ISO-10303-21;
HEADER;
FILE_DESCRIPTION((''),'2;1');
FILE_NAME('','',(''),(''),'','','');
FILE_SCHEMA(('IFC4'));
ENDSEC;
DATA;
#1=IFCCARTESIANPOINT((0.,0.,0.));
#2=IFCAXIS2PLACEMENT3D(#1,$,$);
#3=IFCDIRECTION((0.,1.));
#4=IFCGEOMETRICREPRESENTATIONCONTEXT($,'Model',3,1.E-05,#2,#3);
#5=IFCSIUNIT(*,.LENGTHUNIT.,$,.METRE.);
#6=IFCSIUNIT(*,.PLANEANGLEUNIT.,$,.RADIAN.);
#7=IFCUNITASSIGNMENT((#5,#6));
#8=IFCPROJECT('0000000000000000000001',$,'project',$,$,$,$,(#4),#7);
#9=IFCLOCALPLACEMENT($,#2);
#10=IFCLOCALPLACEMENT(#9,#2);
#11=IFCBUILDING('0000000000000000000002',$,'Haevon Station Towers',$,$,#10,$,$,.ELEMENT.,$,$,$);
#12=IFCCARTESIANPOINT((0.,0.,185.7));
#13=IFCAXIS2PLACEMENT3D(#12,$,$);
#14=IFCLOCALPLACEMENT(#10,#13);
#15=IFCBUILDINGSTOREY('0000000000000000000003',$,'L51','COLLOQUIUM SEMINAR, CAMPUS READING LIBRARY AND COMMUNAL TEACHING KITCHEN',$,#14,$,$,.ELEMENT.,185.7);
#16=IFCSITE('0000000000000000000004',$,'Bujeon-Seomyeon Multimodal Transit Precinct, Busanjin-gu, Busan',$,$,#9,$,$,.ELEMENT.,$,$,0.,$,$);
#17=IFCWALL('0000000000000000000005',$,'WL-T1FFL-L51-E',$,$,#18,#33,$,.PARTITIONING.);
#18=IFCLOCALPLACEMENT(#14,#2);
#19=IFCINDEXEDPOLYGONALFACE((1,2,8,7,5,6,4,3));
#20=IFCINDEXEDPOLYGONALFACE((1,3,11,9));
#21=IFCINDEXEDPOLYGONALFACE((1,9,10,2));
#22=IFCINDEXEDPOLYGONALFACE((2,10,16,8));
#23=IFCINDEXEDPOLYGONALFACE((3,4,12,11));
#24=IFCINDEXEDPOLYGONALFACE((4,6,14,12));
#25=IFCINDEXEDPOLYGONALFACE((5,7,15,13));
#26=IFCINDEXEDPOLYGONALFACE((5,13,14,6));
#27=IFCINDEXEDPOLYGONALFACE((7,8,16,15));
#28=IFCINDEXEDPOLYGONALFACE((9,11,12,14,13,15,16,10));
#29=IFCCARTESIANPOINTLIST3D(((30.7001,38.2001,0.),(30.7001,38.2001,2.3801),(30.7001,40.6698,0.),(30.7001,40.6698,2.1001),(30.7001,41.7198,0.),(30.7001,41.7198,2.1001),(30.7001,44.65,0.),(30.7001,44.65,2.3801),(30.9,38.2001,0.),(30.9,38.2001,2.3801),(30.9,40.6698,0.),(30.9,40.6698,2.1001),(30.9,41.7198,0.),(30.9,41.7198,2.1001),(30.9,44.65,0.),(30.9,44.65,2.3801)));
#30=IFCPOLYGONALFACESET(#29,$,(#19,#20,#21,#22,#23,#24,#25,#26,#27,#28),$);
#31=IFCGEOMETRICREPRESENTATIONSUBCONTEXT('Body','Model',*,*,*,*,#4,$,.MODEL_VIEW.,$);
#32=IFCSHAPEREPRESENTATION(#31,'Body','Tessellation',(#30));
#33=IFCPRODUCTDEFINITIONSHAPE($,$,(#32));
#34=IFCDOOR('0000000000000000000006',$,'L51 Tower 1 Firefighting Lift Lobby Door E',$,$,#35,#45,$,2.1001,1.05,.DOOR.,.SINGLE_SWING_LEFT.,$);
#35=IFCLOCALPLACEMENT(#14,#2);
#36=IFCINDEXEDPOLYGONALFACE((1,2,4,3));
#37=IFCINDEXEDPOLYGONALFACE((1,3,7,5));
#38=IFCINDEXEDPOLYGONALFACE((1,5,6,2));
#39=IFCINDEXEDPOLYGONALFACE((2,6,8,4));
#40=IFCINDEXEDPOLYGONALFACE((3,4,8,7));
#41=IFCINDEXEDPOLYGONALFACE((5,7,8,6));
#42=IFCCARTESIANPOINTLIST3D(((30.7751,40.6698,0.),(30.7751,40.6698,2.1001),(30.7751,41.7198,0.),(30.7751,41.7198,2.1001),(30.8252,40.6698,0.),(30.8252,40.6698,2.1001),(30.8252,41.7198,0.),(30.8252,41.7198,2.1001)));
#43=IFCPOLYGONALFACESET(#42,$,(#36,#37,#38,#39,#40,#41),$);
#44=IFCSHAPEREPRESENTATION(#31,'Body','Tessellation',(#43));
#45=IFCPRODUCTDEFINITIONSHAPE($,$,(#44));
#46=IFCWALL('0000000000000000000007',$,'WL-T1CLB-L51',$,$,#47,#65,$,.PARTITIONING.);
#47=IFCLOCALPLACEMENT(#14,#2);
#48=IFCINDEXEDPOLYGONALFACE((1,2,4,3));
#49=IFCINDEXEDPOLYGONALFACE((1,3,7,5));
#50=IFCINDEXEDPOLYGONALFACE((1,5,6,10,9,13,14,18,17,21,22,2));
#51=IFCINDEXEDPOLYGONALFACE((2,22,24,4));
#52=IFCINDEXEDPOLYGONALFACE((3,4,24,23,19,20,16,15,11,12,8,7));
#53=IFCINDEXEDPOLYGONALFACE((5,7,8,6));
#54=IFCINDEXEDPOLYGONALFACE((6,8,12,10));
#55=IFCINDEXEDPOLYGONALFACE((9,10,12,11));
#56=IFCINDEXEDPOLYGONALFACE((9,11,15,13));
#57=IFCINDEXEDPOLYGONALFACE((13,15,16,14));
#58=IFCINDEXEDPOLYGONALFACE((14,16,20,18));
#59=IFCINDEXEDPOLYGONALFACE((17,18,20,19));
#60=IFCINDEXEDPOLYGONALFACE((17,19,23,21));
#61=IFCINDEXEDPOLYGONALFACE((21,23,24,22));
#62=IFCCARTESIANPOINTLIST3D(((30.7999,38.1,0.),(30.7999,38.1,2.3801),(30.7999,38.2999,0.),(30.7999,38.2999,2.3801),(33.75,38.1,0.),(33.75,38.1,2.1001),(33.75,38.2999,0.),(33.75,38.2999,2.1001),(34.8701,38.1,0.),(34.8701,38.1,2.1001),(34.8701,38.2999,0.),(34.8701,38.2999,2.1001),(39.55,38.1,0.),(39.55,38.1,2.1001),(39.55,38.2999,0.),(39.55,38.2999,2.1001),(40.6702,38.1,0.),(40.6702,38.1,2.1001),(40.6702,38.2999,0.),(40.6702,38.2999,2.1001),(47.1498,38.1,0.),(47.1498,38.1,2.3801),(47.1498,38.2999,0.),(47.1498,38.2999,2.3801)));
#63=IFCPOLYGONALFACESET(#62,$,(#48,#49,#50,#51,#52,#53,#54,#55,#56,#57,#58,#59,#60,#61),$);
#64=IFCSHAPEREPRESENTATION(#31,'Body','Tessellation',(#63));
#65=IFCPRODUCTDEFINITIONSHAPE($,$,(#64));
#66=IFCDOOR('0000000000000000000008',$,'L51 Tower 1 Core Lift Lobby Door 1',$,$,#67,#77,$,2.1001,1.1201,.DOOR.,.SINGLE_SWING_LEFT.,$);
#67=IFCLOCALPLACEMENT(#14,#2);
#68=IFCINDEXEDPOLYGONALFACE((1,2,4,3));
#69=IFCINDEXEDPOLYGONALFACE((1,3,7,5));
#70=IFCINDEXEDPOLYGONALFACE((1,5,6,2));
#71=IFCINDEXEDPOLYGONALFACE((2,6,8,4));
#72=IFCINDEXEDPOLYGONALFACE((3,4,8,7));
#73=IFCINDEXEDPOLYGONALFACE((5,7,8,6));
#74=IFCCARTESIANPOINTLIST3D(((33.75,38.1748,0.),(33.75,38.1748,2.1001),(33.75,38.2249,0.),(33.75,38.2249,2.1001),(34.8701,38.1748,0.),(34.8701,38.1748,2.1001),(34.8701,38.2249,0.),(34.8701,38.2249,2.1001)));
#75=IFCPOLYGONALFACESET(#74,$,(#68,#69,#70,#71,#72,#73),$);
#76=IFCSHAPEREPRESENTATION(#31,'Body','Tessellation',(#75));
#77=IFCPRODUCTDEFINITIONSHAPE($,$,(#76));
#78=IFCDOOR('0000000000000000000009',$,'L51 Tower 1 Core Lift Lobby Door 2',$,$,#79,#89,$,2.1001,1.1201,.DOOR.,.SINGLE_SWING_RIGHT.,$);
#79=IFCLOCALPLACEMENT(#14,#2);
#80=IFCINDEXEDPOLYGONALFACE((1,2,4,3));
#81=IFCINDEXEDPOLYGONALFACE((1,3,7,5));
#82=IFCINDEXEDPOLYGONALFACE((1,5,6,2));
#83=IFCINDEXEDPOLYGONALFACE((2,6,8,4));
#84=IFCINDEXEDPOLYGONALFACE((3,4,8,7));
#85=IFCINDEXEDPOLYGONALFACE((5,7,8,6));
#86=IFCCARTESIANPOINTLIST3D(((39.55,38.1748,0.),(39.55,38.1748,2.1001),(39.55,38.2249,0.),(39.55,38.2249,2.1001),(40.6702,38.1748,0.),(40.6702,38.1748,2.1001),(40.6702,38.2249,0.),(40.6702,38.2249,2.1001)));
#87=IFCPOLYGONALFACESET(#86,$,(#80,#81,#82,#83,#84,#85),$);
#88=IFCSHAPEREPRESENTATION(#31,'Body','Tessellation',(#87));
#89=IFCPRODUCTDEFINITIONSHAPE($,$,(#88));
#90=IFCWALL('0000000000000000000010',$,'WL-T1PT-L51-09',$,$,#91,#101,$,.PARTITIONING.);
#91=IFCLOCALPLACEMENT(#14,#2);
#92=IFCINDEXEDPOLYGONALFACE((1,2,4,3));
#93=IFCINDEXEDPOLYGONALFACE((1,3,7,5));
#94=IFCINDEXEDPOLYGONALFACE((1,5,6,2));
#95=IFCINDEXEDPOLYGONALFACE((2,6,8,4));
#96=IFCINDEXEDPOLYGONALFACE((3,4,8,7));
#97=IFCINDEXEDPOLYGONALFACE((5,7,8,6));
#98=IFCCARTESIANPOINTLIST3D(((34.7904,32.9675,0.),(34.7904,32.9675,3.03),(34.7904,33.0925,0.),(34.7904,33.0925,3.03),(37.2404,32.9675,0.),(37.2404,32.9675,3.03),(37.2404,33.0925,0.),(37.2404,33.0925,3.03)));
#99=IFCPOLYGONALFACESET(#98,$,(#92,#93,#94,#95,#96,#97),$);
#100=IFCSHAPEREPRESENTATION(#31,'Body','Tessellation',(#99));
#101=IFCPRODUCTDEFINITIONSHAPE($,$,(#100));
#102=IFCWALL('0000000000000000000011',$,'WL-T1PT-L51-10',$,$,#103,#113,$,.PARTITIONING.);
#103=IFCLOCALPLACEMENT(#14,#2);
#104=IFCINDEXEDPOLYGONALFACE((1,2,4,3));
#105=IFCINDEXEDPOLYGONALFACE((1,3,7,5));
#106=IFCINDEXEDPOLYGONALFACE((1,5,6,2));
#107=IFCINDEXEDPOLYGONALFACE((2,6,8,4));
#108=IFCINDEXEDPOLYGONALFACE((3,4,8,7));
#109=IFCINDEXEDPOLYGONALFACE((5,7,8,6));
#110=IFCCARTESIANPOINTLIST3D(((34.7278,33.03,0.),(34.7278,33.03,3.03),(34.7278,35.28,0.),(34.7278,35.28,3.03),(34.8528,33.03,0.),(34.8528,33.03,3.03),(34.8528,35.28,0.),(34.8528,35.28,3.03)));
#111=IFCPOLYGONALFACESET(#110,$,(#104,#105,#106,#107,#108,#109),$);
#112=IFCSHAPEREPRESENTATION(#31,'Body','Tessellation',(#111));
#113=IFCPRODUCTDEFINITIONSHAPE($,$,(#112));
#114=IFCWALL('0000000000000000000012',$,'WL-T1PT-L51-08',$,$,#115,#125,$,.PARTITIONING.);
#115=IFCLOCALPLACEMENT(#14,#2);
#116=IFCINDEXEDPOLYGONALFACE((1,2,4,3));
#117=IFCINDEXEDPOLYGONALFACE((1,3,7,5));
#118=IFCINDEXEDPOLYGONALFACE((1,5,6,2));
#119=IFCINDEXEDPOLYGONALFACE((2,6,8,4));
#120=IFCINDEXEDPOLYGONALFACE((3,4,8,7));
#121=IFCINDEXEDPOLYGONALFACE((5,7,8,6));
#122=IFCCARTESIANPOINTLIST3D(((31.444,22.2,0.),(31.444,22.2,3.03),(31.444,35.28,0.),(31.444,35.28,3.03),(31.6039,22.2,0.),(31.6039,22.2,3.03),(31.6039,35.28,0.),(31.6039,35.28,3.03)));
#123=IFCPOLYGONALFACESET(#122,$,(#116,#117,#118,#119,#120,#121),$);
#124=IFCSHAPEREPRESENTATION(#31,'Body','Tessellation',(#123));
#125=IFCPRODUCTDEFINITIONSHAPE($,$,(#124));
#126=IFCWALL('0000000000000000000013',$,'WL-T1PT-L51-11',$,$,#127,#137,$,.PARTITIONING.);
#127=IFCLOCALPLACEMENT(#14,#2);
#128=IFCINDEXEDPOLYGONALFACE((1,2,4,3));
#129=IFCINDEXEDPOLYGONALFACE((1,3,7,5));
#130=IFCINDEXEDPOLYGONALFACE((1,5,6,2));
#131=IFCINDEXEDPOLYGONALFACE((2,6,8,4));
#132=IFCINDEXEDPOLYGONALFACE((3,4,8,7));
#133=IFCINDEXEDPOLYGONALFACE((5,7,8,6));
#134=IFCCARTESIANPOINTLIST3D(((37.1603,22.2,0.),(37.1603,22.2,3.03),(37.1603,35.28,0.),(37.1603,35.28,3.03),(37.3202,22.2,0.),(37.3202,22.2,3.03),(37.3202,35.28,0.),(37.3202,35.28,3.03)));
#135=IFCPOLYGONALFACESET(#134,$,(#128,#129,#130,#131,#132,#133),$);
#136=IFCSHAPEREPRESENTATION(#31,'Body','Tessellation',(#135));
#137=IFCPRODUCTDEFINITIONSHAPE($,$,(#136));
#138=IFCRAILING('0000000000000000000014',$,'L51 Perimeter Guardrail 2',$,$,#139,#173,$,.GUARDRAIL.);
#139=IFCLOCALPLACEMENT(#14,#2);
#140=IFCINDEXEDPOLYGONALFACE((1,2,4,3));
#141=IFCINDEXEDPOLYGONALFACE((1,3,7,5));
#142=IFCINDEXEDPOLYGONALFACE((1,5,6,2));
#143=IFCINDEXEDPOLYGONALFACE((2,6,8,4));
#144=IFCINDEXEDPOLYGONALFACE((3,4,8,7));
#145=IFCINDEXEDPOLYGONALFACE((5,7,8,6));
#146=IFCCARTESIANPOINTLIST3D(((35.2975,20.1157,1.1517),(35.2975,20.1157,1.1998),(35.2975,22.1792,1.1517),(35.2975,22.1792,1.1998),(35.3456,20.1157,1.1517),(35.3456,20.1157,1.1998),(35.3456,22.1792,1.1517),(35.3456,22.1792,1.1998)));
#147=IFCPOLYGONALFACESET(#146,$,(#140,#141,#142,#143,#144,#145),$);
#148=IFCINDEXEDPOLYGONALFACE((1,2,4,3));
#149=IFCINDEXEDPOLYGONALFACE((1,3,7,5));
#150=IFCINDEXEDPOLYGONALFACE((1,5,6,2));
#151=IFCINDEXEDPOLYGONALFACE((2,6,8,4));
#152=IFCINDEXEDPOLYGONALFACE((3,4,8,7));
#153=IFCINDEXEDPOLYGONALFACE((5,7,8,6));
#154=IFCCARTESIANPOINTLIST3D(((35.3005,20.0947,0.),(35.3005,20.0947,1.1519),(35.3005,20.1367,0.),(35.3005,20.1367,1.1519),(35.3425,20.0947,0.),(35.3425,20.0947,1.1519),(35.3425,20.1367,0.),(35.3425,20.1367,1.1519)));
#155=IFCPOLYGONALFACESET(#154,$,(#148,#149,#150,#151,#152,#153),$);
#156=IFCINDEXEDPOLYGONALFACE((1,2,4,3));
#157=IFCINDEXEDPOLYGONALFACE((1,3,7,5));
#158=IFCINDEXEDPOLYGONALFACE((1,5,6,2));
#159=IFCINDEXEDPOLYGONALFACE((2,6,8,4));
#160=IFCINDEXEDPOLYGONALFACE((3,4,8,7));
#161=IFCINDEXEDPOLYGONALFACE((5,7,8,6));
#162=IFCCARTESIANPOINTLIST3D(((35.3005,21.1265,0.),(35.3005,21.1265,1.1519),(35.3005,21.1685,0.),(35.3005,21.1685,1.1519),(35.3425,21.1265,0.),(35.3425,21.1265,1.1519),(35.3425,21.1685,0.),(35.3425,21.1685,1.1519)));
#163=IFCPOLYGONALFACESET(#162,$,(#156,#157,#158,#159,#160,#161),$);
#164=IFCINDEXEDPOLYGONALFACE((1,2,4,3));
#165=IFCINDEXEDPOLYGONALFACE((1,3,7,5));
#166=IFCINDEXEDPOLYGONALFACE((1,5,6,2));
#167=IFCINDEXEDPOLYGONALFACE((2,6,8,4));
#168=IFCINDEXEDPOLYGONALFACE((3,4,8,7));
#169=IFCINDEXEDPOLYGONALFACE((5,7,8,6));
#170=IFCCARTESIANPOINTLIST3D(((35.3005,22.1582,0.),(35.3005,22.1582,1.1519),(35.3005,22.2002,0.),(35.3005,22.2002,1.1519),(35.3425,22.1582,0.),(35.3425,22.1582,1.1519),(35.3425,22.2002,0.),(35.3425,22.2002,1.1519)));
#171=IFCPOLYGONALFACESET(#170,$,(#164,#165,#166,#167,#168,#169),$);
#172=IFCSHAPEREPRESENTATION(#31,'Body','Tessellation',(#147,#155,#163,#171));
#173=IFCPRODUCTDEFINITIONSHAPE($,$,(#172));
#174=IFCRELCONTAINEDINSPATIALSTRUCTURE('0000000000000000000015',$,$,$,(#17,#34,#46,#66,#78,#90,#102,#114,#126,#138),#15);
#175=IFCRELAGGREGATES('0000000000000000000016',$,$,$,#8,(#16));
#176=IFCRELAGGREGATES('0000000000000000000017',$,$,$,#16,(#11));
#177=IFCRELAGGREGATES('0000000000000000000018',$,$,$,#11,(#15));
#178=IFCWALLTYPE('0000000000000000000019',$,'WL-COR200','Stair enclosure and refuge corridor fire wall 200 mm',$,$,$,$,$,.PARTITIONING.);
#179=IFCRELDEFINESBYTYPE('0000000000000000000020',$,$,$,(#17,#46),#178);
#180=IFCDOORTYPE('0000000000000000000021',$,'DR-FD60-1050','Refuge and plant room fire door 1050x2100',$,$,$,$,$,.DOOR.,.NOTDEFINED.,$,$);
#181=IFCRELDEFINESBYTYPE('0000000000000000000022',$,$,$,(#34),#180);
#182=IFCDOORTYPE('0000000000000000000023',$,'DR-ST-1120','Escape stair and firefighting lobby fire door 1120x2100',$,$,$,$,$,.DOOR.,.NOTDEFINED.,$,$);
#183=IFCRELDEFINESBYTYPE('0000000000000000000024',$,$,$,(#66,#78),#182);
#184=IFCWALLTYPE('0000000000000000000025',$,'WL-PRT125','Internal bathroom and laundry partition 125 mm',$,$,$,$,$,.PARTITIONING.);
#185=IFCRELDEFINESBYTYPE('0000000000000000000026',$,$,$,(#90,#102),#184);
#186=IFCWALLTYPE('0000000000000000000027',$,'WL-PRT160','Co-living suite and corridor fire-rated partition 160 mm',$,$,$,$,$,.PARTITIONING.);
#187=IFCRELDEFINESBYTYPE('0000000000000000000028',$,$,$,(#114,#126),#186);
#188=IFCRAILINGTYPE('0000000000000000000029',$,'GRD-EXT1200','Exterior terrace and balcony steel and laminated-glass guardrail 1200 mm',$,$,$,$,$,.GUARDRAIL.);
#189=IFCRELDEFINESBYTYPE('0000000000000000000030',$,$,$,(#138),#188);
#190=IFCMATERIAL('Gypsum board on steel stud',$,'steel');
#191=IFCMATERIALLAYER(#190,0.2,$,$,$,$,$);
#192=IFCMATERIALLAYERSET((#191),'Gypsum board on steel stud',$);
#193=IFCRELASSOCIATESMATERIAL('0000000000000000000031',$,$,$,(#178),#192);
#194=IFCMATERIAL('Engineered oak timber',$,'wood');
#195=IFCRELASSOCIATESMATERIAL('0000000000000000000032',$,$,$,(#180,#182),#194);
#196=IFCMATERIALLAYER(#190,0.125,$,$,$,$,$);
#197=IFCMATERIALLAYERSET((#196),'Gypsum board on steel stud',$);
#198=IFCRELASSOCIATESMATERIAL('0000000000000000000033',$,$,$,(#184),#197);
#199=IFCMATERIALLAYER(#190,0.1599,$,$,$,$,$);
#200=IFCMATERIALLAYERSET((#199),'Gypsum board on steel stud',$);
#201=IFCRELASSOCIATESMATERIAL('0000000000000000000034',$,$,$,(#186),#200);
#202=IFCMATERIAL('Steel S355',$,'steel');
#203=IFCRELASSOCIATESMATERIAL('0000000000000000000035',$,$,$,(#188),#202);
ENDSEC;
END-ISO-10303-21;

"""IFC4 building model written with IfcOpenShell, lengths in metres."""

from ifc_helpers import new_model, si_unit, direction, frame, frame_2d, origin, origin_2d, place, context, subcontext, project, spatial, rectangle, extrude, material, layer, layer_set, type_object, element, fill, save


model = new_model("IFC4")

# Units and contexts
model_context = context("Model", 3, precision=1e-05, world=origin(), true_north=direction((0.0, 1.0)))
body_context = subcontext(model_context, "Body", "Model", "MODEL_VIEW")
ifc_project = project(units=[si_unit("LENGTHUNIT", "METRE"), si_unit("PLANEANGLEUNIT", "RADIAN")], contexts=[model_context])

# Site, building, storey
site_placement = place(None, origin())
site = spatial("IfcSite", under=ifc_project, at=site_placement, Name="Bujeon-Seomyeon Multimodal Transit Precinct, Busanjin-gu, Busan", CompositionType="ELEMENT", RefElevation=0.0)
building_placement = place(site_placement, origin())
building = spatial("IfcBuilding", under=site, at=building_placement, Name="Haevon Station Towers", CompositionType="ELEMENT")
storey_placement = place(building_placement, frame((0.0, 0.0, 185.7)))
storey = spatial("IfcBuildingStorey", under=building, at=storey_placement, Name="L51", Description="COLLOQUIUM SEMINAR, CAMPUS READING LIBRARY AND COMMUNAL TEACHING KITCHEN", CompositionType="ELEMENT", Elevation=185.7)

# Shared definitions
ifc_material_1 = material(Name="Steel S355", Category="steel")

# Wall, opening, door
ifc_material_2 = material(Name="Gypsum board on steel stud", Category="steel")
ifc_layer_1 = layer(ifc_material_2, 0.2)
ifc_layer_set_1 = layer_set([ifc_layer_1], Name="Gypsum board on steel stud")
wall_type_1 = type_object("IfcWallType", Name="WL-COR200", Description="Stair enclosure and refuge corridor fire wall 200 mm", PredefinedType="PARTITIONING", material=ifc_layer_set_1)
wall_1_placement = place(storey_placement, frame((30.8, 38.2, 0.0), z_axis=(0.0, 0.0, 1.0), x_axis=(0.0, 1.0, 0.0)))
wall_1 = element("IfcWall", 1, at=wall_1_placement, inside=storey, type_object=wall_type_1, Name="WL-T1FFL-L51-E", PredefinedType="PARTITIONING", context=body_context, shape_type="SweptSolid", body=[
    extrude(rectangle(XDim=6.45, YDim=0.2, at=frame_2d((3.2251, 0.0))), origin(), (0.0, 0.0, 1.0), 2.3801),
])
opening_1_placement = place(wall_1_placement, frame((2.47, 0.0, 0.0)))
opening_1 = element("IfcOpeningElement", 2, at=opening_1_placement, cuts=wall_1, PredefinedType="OPENING", context=body_context, shape_type="SweptSolid", body=[
    extrude(rectangle(XDim=1.05, YDim=2.1001, at=frame_2d((0.5249, 1.05))), frame((0.0, 0.1099, 0.0), z_axis=(0.0, -1.0, 0.0), x_axis=(1.0, 0.0, 0.0)), (0.0, 0.0, 1.0), 0.22),
])
ifc_material_3 = material(Name="Engineered oak timber", Category="wood")
door_type_1 = type_object("IfcDoorType", Name="DR-FD60-1050", Description="Refuge and plant room fire door 1050x2100", OperationType="NOTDEFINED", PredefinedType="DOOR", material=ifc_material_3)
door_1_placement = place(opening_1_placement, origin())
door_1 = element("IfcDoor", 3, at=door_1_placement, inside=storey, type_object=door_type_1, Name="L51 Tower 1 Firefighting Lift Lobby Door E", OperationType="SINGLE_SWING_LEFT", OverallHeight=2.1001, OverallWidth=1.05, PredefinedType="DOOR", context=body_context, shape_type="SweptSolid", body=[
    extrude(rectangle(XDim=1.05, YDim=2.1001, at=frame_2d((0.5249, 1.05))), frame((0.0, 0.0249, 0.0), z_axis=(0.0, -1.0, 0.0), x_axis=(1.0, 0.0, 0.0)), (0.0, 0.0, 1.0), 0.05),
])
fill(opening_1, door_1)

# Wall, openings, doors
wall_2_placement = place(storey_placement, frame((30.8, 38.2, 0.0), z_axis=(0.0, 0.0, 1.0), x_axis=(1.0, 0.0, 0.0)))
wall_2 = element("IfcWall", 4, at=wall_2_placement, inside=storey, type_object=wall_type_1, Name="WL-T1CLB-L51", PredefinedType="PARTITIONING", context=body_context, shape_type="SweptSolid", body=[
    extrude(rectangle(XDim=16.3499, YDim=0.2, at=frame_2d((8.1748, 0.0))), origin(), (0.0, 0.0, 1.0), 2.3801),
])
opening_2_placement = place(wall_2_placement, frame((2.95, 0.0, 0.0)))
opening_2 = element("IfcOpeningElement", 5, at=opening_2_placement, cuts=wall_2, PredefinedType="OPENING", context=body_context, shape_type="SweptSolid", body=[
    extrude(rectangle(XDim=1.1201, YDim=2.1001, at=frame_2d((0.5601, 1.05))), frame((0.0, 0.1099, 0.0), z_axis=(0.0, -1.0, 0.0), x_axis=(1.0, 0.0, 0.0)), (0.0, 0.0, 1.0), 0.22),
])
opening_3_placement = place(wall_2_placement, frame((8.75, 0.0, 0.0)))
opening_3 = element("IfcOpeningElement", 6, at=opening_3_placement, cuts=wall_2, PredefinedType="OPENING", context=body_context, shape_type="SweptSolid", body=[
    extrude(rectangle(XDim=1.1201, YDim=2.1001, at=frame_2d((0.5601, 1.05))), frame((0.0, 0.1099, 0.0), z_axis=(0.0, -1.0, 0.0), x_axis=(1.0, 0.0, 0.0)), (0.0, 0.0, 1.0), 0.22),
])
door_type_2 = type_object("IfcDoorType", Name="DR-ST-1120", Description="Escape stair and firefighting lobby fire door 1120x2100", OperationType="NOTDEFINED", PredefinedType="DOOR", material=ifc_material_3)
door_2_placement = place(opening_2_placement, origin())
door_2 = element("IfcDoor", 7, at=door_2_placement, inside=storey, type_object=door_type_2, Name="L51 Tower 1 Core Lift Lobby Door 1", OperationType="SINGLE_SWING_LEFT", OverallHeight=2.1001, OverallWidth=1.1201, PredefinedType="DOOR", context=body_context, shape_type="SweptSolid", body=[
    extrude(rectangle(XDim=1.1201, YDim=2.1001, at=frame_2d((0.5601, 1.05))), frame((0.0, 0.0249, 0.0), z_axis=(0.0, -1.0, 0.0), x_axis=(1.0, 0.0, 0.0)), (0.0, 0.0, 1.0), 0.05),
])
fill(opening_2, door_2)
door_3_placement = place(opening_3_placement, origin())
door_3 = element("IfcDoor", 8, at=door_3_placement, inside=storey, type_object=door_type_2, Name="L51 Tower 1 Core Lift Lobby Door 2", OperationType="SINGLE_SWING_RIGHT", OverallHeight=2.1001, OverallWidth=1.1201, PredefinedType="DOOR", context=body_context, shape_type="SweptSolid", body=[
    extrude(rectangle(XDim=1.1201, YDim=2.1001, at=frame_2d((0.5601, 1.05))), frame((0.0, 0.0249, 0.0), z_axis=(0.0, -1.0, 0.0), x_axis=(1.0, 0.0, 0.0)), (0.0, 0.0, 1.0), 0.05),
])
fill(opening_3, door_3)

# Walls
ifc_layer_2 = layer(ifc_material_2, 0.125)
ifc_layer_set_2 = layer_set([ifc_layer_2], Name="Gypsum board on steel stud")
wall_type_2 = type_object("IfcWallType", Name="WL-PRT125", Description="Internal bathroom and laundry partition 125 mm", PredefinedType="PARTITIONING", material=ifc_layer_set_2)
wall_3_placement = place(storey_placement, frame((34.7903, 33.03, 0.0), z_axis=(0.0, 0.0, 1.0), x_axis=(1.0, 0.0, 0.0)))
element("IfcWall", 9, at=wall_3_placement, inside=storey, type_object=wall_type_2, Name="WL-T1PT-L51-09", PredefinedType="PARTITIONING", context=body_context, shape_type="SweptSolid", body=[
    extrude(rectangle(XDim=2.45, YDim=0.125, at=frame_2d((1.2251, 0.0))), origin(), (0.0, 0.0, 1.0), 3.03),
])
wall_4_placement = place(storey_placement, frame((34.7903, 33.03, 0.0), z_axis=(0.0, 0.0, 1.0), x_axis=(0.0, 1.0, 0.0)))
element("IfcWall", 10, at=wall_4_placement, inside=storey, type_object=wall_type_2, Name="WL-T1PT-L51-10", PredefinedType="PARTITIONING", context=body_context, shape_type="SweptSolid", body=[
    extrude(rectangle(XDim=2.25, YDim=0.125, at=frame_2d((1.125, 0.0))), origin(), (0.0, 0.0, 1.0), 3.03),
])
ifc_layer_3 = layer(ifc_material_2, 0.1599)
ifc_layer_set_3 = layer_set([ifc_layer_3], Name="Gypsum board on steel stud")
wall_type_3 = type_object("IfcWallType", Name="WL-PRT160", Description="Co-living suite and corridor fire-rated partition 160 mm", PredefinedType="PARTITIONING", material=ifc_layer_set_3)
for number, where, z_axis, x_axis, name in (
    (11, (31.5239, 22.2, 0.0), (0.0, 0.0, 1.0), (0.0, 1.0, 0.0), "WL-T1PT-L51-08"),
    (12, (37.2402, 22.2, 0.0), (0.0, 0.0, 1.0), (0.0, 1.0, 0.0), "WL-T1PT-L51-11"),
):
    element("IfcWall", number, at=place(storey_placement, frame(where, z_axis=z_axis, x_axis=x_axis)), inside=storey, type_object=wall_type_3, Name=name, PredefinedType="PARTITIONING", context=body_context, shape_type="SweptSolid", body=[
        extrude(rectangle(XDim=13.0801, YDim=0.1599, at=frame_2d((6.54, 0.0))), origin(), (0.0, 0.0, 1.0), 3.03),
    ])

# Railing
railing_type = type_object("IfcRailingType", Name="GRD-EXT1200", Description="Exterior terrace and balcony steel and laminated-glass guardrail 1200 mm", PredefinedType="GUARDRAIL", material=ifc_material_1)
railing_placement = place(storey_placement, frame((35.3215, 20.1157, 0.0)))
element("IfcRailing", 13, at=railing_placement, inside=storey, type_object=railing_type, Name="L51 Perimeter Guardrail 2", PredefinedType="GUARDRAIL", context=body_context, shape_type="SweptSolid", body=[
    extrude(rectangle(XDim=0.0481, YDim=0.0481, at=origin_2d()), frame((0.0, 0.0, 1.1758), z_axis=(0.0, 1.0, 0.0), x_axis=(-1.0, 0.0, 0.0)), (0.0, 0.0, 1.0), 2.0635),
    extrude(rectangle(XDim=0.042, YDim=0.042, at=origin_2d()), origin(), (0.0, 0.0, 1.0), 1.1519),
    extrude(rectangle(XDim=0.042, YDim=0.042, at=origin_2d()), frame((0.0, 1.0317, 0.0)), (0.0, 0.0, 1.0), 1.1519),
    extrude(rectangle(XDim=0.042, YDim=0.042, at=origin_2d()), frame((0.0, 2.0635, 0.0)), (0.0, 0.0, 1.0), 1.1519),
])

save(model, "model.ifc")
